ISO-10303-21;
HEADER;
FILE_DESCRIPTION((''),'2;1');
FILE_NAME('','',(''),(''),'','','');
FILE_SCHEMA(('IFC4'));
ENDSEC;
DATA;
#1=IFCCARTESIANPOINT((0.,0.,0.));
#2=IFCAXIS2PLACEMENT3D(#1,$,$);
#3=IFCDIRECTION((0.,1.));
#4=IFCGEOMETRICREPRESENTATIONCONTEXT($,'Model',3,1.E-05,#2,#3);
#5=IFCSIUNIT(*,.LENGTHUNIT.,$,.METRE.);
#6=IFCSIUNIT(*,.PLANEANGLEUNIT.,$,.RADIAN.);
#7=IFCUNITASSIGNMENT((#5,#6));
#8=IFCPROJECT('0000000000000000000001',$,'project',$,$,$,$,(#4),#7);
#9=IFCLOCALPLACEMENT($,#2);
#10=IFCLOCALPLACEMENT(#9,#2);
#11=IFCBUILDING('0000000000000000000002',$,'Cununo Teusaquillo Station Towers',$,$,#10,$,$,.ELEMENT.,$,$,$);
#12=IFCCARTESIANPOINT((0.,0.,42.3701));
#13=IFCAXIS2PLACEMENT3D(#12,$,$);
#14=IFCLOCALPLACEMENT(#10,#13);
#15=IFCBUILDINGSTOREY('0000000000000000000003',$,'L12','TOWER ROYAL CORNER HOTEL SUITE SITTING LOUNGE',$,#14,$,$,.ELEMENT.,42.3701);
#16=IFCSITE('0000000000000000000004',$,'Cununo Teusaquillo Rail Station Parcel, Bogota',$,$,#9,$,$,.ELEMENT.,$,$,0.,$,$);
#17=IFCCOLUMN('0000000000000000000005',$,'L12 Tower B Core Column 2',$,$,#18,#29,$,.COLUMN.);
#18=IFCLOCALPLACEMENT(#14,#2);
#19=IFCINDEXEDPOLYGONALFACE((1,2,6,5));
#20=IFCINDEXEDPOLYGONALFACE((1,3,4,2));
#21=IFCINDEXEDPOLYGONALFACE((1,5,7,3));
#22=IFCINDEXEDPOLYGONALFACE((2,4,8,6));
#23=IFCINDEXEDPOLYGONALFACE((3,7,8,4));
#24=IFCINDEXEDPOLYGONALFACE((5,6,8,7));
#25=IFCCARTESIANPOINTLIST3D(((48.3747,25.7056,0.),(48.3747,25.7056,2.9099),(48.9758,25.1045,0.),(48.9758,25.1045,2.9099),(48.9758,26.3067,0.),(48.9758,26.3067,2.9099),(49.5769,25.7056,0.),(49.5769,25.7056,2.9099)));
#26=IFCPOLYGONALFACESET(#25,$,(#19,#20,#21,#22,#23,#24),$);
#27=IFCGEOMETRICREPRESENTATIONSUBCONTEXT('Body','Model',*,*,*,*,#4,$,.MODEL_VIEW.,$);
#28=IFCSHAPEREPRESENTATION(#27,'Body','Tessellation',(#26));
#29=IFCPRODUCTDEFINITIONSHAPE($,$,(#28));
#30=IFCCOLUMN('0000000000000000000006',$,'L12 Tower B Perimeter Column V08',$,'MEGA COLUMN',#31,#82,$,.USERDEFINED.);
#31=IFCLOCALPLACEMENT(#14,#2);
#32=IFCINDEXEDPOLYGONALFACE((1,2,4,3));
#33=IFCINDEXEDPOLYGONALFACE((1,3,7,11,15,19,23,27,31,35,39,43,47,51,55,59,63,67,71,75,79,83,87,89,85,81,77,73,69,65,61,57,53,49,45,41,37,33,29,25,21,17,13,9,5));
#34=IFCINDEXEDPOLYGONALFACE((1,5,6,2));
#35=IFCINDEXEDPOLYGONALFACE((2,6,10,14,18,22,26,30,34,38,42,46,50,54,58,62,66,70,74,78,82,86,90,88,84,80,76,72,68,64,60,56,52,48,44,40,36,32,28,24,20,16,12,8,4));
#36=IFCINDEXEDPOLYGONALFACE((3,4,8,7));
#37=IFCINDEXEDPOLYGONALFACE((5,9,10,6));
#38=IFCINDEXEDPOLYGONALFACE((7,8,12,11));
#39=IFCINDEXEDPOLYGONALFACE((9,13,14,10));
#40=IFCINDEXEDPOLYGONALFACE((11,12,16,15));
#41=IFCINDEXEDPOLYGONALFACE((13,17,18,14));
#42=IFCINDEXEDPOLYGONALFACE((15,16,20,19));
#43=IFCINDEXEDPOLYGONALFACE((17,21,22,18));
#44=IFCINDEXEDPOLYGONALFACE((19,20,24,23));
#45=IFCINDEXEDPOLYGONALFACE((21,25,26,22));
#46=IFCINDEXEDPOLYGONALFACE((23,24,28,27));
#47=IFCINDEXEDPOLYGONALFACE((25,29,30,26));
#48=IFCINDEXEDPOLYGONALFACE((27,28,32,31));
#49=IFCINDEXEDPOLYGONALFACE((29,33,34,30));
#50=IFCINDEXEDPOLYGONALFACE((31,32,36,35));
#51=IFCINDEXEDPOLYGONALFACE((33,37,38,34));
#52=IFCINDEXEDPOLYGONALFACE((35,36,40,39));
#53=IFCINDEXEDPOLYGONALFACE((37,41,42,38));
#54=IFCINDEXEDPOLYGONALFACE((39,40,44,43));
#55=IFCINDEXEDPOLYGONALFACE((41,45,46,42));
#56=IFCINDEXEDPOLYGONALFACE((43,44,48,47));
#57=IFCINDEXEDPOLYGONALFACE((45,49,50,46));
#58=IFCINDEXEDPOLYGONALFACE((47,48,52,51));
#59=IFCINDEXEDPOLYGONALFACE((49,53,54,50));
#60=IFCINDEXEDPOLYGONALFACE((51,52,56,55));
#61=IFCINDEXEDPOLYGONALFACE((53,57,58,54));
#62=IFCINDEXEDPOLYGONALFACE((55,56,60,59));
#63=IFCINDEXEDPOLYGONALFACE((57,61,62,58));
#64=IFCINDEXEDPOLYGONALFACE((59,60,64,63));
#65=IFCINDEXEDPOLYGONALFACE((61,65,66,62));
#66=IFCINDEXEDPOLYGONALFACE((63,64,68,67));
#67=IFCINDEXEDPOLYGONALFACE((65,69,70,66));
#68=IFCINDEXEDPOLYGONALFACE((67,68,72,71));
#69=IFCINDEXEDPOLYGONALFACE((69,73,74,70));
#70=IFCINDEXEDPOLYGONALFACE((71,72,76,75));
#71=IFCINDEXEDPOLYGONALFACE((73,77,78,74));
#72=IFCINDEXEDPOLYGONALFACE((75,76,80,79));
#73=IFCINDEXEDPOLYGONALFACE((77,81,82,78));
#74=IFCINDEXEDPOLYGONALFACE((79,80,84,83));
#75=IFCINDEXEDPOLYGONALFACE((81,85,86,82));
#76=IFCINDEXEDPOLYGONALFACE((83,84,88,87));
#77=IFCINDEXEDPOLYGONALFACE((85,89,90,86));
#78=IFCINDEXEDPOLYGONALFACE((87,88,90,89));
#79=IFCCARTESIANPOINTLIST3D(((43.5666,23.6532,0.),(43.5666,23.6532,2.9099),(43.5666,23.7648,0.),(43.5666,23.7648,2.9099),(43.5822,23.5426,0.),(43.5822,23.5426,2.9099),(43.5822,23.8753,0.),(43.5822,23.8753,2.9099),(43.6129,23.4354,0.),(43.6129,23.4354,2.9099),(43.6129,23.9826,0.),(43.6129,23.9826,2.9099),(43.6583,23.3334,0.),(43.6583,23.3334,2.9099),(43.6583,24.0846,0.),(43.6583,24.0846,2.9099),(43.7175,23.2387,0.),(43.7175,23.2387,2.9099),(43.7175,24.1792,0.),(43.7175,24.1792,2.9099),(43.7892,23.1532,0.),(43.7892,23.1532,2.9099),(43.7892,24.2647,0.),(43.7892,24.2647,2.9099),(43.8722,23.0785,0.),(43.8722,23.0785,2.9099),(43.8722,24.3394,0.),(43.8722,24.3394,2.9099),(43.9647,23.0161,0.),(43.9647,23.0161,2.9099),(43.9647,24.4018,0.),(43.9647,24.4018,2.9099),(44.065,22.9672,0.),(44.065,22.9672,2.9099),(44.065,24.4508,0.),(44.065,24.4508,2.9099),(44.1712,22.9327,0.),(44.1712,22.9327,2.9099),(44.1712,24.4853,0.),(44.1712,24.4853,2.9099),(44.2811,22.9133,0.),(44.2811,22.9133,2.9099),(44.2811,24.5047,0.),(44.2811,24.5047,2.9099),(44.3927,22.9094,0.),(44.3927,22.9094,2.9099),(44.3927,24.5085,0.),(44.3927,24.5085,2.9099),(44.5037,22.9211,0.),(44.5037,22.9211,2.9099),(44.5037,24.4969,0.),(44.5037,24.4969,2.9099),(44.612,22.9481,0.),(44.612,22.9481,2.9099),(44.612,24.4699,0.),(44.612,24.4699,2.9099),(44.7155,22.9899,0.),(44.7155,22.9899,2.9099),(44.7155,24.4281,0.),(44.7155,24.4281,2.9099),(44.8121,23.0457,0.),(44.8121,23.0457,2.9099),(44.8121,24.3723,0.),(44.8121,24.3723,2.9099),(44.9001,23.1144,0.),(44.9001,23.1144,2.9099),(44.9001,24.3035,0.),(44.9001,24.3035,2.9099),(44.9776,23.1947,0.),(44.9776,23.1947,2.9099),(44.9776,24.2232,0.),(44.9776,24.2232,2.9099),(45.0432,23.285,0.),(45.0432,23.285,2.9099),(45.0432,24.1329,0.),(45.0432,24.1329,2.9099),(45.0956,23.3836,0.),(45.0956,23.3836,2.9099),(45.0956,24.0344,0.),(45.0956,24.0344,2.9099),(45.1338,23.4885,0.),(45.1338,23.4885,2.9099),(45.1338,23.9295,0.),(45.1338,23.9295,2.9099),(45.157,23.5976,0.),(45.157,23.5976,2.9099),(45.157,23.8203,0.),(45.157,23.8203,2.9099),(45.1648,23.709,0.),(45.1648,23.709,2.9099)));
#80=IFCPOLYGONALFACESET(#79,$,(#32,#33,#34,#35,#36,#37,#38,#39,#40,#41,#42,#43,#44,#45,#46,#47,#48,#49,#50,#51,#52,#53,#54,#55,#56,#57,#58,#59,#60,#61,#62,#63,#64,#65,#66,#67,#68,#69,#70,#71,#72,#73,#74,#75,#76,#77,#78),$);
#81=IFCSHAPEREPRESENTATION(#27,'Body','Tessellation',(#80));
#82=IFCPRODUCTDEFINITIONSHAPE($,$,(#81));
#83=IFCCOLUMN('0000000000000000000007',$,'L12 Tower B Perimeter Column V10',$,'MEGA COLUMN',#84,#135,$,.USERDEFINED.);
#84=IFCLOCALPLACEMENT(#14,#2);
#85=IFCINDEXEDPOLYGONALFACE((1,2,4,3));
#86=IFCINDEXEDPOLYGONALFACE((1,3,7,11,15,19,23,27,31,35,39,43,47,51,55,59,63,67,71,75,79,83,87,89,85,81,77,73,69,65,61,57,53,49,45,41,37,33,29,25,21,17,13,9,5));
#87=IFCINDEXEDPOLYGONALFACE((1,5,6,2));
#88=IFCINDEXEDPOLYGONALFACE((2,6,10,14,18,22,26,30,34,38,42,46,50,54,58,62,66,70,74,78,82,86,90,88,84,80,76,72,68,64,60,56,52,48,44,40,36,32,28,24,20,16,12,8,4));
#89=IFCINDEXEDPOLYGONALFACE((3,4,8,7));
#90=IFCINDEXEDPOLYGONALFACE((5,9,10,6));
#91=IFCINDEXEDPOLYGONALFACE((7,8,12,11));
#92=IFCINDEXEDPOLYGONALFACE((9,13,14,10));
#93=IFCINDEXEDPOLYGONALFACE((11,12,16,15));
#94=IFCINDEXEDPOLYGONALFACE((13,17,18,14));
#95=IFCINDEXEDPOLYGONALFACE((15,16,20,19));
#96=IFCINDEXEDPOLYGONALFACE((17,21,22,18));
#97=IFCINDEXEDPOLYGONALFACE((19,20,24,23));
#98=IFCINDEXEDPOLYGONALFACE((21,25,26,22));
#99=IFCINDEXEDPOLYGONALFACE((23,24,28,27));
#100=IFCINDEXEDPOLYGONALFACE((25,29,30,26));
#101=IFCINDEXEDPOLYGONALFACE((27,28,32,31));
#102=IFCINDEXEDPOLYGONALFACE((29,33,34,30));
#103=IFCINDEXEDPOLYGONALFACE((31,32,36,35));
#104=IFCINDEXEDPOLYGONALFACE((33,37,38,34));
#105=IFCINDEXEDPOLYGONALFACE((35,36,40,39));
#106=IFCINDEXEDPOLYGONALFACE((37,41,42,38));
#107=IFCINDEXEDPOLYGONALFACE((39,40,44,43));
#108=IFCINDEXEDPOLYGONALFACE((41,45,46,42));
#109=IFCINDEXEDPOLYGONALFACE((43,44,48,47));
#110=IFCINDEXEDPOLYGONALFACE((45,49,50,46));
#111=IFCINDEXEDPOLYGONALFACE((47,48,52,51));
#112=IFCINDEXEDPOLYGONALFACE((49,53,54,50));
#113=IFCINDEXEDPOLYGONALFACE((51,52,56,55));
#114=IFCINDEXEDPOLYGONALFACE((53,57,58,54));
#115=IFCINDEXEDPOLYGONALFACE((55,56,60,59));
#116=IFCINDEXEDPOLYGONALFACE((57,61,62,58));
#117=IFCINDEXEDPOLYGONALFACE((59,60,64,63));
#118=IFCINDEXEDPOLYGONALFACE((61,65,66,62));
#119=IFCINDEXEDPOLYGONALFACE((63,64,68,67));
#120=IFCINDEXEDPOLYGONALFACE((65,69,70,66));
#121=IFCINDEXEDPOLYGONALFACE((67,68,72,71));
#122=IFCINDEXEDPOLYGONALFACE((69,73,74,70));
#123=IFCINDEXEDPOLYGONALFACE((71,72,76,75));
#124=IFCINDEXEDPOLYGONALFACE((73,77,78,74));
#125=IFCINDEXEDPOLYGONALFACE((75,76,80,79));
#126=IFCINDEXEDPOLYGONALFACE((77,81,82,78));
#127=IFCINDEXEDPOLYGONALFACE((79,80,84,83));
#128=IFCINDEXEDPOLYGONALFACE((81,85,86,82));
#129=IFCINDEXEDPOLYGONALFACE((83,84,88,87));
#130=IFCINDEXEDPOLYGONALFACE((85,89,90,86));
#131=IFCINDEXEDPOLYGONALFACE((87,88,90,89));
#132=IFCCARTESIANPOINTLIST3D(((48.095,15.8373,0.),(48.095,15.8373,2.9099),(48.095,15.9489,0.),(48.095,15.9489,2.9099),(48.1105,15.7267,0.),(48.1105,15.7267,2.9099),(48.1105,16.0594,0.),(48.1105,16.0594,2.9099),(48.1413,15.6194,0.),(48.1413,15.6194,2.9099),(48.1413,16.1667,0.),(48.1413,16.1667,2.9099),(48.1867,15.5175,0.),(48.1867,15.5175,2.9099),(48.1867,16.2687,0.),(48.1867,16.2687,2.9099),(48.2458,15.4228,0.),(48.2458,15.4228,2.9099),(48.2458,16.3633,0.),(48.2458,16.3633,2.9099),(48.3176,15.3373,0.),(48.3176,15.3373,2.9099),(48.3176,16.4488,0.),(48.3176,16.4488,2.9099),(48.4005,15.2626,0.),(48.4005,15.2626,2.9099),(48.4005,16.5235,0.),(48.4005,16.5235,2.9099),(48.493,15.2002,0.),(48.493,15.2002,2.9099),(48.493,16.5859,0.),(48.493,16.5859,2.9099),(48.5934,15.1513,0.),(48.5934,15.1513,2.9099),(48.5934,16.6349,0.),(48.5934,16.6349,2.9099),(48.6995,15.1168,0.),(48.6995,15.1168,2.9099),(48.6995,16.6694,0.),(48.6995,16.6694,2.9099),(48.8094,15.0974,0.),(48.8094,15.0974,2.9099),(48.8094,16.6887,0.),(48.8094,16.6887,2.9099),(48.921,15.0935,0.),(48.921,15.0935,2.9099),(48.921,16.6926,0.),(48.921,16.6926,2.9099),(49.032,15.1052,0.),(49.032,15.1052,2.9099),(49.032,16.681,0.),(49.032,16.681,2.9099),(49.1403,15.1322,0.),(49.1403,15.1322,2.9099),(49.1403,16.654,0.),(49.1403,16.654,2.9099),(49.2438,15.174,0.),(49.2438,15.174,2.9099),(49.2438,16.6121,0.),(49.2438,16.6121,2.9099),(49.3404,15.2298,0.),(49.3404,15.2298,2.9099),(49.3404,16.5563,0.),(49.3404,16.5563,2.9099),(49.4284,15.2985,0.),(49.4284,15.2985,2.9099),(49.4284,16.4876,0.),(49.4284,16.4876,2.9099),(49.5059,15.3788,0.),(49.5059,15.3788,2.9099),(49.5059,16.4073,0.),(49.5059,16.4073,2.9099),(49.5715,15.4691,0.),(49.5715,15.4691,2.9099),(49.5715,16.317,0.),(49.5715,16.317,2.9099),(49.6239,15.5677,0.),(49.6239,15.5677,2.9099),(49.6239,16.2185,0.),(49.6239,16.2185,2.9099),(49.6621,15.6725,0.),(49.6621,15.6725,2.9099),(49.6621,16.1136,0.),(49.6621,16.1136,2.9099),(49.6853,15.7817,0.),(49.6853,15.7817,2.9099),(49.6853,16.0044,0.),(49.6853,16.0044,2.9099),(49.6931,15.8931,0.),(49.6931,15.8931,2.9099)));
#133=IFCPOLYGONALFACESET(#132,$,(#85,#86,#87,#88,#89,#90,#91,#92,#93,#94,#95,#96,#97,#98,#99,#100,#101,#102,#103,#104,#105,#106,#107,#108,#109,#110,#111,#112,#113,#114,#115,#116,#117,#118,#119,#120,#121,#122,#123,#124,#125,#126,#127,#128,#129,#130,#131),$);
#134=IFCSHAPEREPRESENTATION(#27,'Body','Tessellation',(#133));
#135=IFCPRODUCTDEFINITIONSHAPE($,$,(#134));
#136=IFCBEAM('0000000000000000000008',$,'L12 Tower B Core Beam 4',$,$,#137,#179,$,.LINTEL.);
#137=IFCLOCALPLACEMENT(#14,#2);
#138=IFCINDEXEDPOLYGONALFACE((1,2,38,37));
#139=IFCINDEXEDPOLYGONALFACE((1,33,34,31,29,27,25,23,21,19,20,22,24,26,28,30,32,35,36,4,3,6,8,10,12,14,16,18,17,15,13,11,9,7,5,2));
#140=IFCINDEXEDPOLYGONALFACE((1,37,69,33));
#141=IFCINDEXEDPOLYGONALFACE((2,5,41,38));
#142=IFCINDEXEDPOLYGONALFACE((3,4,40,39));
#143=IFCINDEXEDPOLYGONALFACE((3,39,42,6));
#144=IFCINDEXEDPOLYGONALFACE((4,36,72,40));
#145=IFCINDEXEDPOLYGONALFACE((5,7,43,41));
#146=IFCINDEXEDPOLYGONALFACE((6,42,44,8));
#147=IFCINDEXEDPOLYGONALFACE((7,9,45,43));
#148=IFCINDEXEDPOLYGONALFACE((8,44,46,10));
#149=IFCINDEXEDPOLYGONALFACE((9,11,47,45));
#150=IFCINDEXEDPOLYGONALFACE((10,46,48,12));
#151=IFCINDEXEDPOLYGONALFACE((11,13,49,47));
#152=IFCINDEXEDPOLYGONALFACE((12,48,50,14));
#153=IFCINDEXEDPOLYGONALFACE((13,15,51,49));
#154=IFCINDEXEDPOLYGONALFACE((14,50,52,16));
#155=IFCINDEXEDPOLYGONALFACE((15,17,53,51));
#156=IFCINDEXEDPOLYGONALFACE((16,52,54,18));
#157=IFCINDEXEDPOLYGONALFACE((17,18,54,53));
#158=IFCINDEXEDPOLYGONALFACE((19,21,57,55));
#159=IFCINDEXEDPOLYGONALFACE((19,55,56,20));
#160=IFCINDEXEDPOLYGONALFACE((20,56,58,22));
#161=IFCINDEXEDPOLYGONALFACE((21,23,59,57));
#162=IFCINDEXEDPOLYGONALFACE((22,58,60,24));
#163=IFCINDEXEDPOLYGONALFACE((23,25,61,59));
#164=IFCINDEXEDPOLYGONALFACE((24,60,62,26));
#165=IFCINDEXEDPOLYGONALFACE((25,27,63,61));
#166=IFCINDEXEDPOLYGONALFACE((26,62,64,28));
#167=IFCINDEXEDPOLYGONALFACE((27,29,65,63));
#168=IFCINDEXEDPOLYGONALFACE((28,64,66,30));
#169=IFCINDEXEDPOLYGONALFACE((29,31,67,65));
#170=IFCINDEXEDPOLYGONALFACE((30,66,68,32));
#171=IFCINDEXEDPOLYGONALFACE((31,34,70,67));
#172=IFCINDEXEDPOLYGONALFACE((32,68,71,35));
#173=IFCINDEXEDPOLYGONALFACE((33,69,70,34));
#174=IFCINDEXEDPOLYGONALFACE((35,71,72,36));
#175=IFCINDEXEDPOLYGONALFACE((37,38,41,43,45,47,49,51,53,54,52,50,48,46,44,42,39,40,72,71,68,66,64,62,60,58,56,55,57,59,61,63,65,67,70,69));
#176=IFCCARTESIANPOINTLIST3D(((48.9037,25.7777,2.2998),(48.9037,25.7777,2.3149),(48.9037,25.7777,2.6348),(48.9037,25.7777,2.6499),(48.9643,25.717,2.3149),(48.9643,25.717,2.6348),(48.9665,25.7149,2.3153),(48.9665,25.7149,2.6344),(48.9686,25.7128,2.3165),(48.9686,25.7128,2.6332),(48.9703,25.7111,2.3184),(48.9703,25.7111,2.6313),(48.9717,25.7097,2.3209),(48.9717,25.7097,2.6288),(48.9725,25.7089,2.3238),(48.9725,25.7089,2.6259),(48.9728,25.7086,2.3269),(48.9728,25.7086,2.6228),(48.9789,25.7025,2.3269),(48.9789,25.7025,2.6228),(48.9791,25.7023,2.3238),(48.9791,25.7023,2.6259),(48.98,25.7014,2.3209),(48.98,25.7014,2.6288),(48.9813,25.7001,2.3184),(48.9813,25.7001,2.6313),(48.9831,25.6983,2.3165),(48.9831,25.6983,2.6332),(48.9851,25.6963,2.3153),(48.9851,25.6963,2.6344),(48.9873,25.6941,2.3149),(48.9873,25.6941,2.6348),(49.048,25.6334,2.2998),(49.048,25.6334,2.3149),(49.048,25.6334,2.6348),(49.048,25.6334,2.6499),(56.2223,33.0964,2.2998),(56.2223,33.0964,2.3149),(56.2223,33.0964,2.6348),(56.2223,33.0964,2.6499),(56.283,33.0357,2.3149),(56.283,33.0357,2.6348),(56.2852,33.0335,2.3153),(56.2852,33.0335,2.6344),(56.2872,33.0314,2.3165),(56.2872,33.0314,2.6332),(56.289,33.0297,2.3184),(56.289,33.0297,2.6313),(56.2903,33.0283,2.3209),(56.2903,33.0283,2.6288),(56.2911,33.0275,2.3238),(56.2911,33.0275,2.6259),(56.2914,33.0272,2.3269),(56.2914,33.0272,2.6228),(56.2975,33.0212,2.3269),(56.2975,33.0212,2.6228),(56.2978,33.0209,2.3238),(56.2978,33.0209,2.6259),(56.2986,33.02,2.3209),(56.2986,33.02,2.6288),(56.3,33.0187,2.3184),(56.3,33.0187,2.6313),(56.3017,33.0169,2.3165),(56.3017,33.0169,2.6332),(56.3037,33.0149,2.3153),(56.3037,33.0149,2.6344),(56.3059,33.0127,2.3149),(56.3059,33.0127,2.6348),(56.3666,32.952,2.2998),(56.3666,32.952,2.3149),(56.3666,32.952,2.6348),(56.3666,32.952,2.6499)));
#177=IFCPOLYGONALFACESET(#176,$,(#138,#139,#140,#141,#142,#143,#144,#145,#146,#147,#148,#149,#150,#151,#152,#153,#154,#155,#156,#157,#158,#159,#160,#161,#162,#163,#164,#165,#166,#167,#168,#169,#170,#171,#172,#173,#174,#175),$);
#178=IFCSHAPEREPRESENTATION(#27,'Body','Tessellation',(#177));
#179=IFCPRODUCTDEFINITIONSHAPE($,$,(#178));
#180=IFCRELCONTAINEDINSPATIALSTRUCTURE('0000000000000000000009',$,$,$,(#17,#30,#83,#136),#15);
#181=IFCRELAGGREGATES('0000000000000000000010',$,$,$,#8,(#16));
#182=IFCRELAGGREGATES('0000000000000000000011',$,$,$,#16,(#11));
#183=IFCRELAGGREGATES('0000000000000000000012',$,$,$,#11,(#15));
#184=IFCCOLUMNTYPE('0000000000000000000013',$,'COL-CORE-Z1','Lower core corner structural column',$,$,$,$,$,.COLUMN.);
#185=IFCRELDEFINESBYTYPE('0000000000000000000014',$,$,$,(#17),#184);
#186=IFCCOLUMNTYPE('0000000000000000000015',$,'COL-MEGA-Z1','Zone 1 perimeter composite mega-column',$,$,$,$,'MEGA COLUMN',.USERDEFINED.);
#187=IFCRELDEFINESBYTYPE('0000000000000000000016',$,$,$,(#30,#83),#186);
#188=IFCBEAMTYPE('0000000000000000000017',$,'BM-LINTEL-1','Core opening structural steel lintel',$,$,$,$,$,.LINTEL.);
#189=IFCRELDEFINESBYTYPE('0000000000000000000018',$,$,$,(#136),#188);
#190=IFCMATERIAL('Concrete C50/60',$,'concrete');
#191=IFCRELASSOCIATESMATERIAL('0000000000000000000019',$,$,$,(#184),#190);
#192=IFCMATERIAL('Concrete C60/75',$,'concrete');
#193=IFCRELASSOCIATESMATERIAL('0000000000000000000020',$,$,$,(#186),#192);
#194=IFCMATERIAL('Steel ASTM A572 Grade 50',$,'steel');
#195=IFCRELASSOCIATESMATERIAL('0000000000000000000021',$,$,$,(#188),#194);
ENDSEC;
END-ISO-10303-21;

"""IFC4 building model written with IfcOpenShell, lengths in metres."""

from ifc_helpers import new_model, si_unit, direction, frame, origin, origin_2d, place, context, subcontext, project, spatial, rectangle, circle, i_section, extrude, material, material_profile, profile_set, type_object, element, save


model = new_model("IFC4")

# Units and contexts
model_context = context("Model", 3, precision=1e-05, world=origin(), true_north=direction((0.0, 1.0)))
body_context = subcontext(model_context, "Body", "Model", "MODEL_VIEW")
ifc_project = project(units=[si_unit("LENGTHUNIT", "METRE"), si_unit("PLANEANGLEUNIT", "RADIAN")], contexts=[model_context])

# Site, building, storey
site_placement = place(None, origin())
site = spatial("IfcSite", under=ifc_project, at=site_placement, Name="Cununo Teusaquillo Rail Station Parcel, Bogota", CompositionType="ELEMENT", RefElevation=0.0)
building_placement = place(site_placement, origin())
building = spatial("IfcBuilding", under=site, at=building_placement, Name="Cununo Teusaquillo Station Towers", CompositionType="ELEMENT")
storey_placement = place(building_placement, frame((0.0, 0.0, 42.3701)))
storey = spatial("IfcBuildingStorey", under=building, at=storey_placement, Name="L12", Description="TOWER ROYAL CORNER HOTEL SUITE SITTING LOUNGE", CompositionType="ELEMENT", Elevation=42.3701)

# Columns
ifc_material_1 = material(Name="Concrete C50/60", Category="concrete")
ifc_material_profile_1 = material_profile(ifc_material_1, rectangle(XDim=0.8501, YDim=0.8501, at=origin_2d()), Name="RC-RECT-850x850")
ifc_profile_set_1 = profile_set([ifc_material_profile_1], Name="Concrete C50/60")
column_type_1 = type_object("IfcColumnType", Name="COL-CORE-Z1", Description="Lower core corner structural column", PredefinedType="COLUMN", material=ifc_profile_set_1)
column_placement = place(storey_placement, frame((48.9758, 25.7056, 0.0), z_axis=(0.0, 0.0, 1.0), x_axis=(0.707107, 0.707107, 0.0)))
element("IfcColumn", 1, at=column_placement, inside=storey, type_object=column_type_1, Name="L12 Tower B Core Column 2", PredefinedType="COLUMN", context=body_context, shape_type="SweptSolid", body=[
    extrude(rectangle(XDim=0.8501, YDim=0.8501, at=origin_2d()), origin(), (0.0, 0.0, 1.0), 2.9099),
])
ifc_material_2 = material(Name="Concrete C60/75", Category="concrete")
ifc_material_profile_2 = material_profile(ifc_material_2, circle(Radius=0.8, at=origin_2d()), Name="RC-CIRC-1600")
ifc_profile_set_2 = profile_set([ifc_material_profile_2], Name="Concrete C60/75")
column_type_2 = type_object("IfcColumnType", Name="COL-MEGA-Z1", Description="Zone 1 perimeter composite mega-column", ElementType="MEGA COLUMN", PredefinedType="USERDEFINED", material=ifc_profile_set_2)
for number, where, z_axis, x_axis, name in (
    (2, (44.3647, 23.709, 0.0), (0.0, 0.0, 1.0), (1.0, 0.0, 0.0), "L12 Tower B Perimeter Column V08"),
    (3, (48.8931, 15.8931, 0.0), (0.0, 0.0, 1.0), (1.0, 0.0, 0.0), "L12 Tower B Perimeter Column V10"),
):
    element("IfcColumn", number, at=place(storey_placement, frame(where, z_axis=z_axis, x_axis=x_axis)), inside=storey, type_object=column_type_2, Name=name, ObjectType="MEGA COLUMN", PredefinedType="USERDEFINED", context=body_context, shape_type="SweptSolid", body=[
        extrude(circle(Radius=0.8, at=origin_2d()), origin(), (0.0, 0.0, 1.0), 2.9099),
    ])

# Beam
ifc_material_3 = material(Name="Steel ASTM A572 Grade 50", Category="steel")
ifc_material_profile_3 = material_profile(ifc_material_3, i_section(OverallWidth=0.2041, OverallDepth=0.3501, WebThickness=0.0085, FlangeThickness=0.0151, FilletRadius=0.012, at=origin_2d()), Name="W14X48")
ifc_profile_set_3 = profile_set([ifc_material_profile_3], Name="Steel ASTM A572 Grade 50")
beam_type_1 = type_object("IfcBeamType", Name="BM-LINTEL-1", Description="Core opening structural steel lintel", PredefinedType="LINTEL", material=ifc_profile_set_3)
beam_1_placement = place(storey_placement, frame((48.9758, 25.7056, 2.4749), z_axis=(0.707107, 0.707107, 0.0), x_axis=(-0.707107, 0.707107, 0.0)))
element("IfcBeam", 4, at=beam_1_placement, inside=storey, type_object=beam_type_1, Name="L12 Tower B Core Beam 4", PredefinedType="LINTEL", context=body_context, shape_type="SweptSolid", body=[
    extrude(i_section(OverallWidth=0.2041, OverallDepth=0.3501, WebThickness=0.0085, FlangeThickness=0.0151, FilletRadius=0.012, at=origin_2d()), origin(), (0.0, 0.0, 1.0), 10.3501),
])

save(model, "model.ifc")
